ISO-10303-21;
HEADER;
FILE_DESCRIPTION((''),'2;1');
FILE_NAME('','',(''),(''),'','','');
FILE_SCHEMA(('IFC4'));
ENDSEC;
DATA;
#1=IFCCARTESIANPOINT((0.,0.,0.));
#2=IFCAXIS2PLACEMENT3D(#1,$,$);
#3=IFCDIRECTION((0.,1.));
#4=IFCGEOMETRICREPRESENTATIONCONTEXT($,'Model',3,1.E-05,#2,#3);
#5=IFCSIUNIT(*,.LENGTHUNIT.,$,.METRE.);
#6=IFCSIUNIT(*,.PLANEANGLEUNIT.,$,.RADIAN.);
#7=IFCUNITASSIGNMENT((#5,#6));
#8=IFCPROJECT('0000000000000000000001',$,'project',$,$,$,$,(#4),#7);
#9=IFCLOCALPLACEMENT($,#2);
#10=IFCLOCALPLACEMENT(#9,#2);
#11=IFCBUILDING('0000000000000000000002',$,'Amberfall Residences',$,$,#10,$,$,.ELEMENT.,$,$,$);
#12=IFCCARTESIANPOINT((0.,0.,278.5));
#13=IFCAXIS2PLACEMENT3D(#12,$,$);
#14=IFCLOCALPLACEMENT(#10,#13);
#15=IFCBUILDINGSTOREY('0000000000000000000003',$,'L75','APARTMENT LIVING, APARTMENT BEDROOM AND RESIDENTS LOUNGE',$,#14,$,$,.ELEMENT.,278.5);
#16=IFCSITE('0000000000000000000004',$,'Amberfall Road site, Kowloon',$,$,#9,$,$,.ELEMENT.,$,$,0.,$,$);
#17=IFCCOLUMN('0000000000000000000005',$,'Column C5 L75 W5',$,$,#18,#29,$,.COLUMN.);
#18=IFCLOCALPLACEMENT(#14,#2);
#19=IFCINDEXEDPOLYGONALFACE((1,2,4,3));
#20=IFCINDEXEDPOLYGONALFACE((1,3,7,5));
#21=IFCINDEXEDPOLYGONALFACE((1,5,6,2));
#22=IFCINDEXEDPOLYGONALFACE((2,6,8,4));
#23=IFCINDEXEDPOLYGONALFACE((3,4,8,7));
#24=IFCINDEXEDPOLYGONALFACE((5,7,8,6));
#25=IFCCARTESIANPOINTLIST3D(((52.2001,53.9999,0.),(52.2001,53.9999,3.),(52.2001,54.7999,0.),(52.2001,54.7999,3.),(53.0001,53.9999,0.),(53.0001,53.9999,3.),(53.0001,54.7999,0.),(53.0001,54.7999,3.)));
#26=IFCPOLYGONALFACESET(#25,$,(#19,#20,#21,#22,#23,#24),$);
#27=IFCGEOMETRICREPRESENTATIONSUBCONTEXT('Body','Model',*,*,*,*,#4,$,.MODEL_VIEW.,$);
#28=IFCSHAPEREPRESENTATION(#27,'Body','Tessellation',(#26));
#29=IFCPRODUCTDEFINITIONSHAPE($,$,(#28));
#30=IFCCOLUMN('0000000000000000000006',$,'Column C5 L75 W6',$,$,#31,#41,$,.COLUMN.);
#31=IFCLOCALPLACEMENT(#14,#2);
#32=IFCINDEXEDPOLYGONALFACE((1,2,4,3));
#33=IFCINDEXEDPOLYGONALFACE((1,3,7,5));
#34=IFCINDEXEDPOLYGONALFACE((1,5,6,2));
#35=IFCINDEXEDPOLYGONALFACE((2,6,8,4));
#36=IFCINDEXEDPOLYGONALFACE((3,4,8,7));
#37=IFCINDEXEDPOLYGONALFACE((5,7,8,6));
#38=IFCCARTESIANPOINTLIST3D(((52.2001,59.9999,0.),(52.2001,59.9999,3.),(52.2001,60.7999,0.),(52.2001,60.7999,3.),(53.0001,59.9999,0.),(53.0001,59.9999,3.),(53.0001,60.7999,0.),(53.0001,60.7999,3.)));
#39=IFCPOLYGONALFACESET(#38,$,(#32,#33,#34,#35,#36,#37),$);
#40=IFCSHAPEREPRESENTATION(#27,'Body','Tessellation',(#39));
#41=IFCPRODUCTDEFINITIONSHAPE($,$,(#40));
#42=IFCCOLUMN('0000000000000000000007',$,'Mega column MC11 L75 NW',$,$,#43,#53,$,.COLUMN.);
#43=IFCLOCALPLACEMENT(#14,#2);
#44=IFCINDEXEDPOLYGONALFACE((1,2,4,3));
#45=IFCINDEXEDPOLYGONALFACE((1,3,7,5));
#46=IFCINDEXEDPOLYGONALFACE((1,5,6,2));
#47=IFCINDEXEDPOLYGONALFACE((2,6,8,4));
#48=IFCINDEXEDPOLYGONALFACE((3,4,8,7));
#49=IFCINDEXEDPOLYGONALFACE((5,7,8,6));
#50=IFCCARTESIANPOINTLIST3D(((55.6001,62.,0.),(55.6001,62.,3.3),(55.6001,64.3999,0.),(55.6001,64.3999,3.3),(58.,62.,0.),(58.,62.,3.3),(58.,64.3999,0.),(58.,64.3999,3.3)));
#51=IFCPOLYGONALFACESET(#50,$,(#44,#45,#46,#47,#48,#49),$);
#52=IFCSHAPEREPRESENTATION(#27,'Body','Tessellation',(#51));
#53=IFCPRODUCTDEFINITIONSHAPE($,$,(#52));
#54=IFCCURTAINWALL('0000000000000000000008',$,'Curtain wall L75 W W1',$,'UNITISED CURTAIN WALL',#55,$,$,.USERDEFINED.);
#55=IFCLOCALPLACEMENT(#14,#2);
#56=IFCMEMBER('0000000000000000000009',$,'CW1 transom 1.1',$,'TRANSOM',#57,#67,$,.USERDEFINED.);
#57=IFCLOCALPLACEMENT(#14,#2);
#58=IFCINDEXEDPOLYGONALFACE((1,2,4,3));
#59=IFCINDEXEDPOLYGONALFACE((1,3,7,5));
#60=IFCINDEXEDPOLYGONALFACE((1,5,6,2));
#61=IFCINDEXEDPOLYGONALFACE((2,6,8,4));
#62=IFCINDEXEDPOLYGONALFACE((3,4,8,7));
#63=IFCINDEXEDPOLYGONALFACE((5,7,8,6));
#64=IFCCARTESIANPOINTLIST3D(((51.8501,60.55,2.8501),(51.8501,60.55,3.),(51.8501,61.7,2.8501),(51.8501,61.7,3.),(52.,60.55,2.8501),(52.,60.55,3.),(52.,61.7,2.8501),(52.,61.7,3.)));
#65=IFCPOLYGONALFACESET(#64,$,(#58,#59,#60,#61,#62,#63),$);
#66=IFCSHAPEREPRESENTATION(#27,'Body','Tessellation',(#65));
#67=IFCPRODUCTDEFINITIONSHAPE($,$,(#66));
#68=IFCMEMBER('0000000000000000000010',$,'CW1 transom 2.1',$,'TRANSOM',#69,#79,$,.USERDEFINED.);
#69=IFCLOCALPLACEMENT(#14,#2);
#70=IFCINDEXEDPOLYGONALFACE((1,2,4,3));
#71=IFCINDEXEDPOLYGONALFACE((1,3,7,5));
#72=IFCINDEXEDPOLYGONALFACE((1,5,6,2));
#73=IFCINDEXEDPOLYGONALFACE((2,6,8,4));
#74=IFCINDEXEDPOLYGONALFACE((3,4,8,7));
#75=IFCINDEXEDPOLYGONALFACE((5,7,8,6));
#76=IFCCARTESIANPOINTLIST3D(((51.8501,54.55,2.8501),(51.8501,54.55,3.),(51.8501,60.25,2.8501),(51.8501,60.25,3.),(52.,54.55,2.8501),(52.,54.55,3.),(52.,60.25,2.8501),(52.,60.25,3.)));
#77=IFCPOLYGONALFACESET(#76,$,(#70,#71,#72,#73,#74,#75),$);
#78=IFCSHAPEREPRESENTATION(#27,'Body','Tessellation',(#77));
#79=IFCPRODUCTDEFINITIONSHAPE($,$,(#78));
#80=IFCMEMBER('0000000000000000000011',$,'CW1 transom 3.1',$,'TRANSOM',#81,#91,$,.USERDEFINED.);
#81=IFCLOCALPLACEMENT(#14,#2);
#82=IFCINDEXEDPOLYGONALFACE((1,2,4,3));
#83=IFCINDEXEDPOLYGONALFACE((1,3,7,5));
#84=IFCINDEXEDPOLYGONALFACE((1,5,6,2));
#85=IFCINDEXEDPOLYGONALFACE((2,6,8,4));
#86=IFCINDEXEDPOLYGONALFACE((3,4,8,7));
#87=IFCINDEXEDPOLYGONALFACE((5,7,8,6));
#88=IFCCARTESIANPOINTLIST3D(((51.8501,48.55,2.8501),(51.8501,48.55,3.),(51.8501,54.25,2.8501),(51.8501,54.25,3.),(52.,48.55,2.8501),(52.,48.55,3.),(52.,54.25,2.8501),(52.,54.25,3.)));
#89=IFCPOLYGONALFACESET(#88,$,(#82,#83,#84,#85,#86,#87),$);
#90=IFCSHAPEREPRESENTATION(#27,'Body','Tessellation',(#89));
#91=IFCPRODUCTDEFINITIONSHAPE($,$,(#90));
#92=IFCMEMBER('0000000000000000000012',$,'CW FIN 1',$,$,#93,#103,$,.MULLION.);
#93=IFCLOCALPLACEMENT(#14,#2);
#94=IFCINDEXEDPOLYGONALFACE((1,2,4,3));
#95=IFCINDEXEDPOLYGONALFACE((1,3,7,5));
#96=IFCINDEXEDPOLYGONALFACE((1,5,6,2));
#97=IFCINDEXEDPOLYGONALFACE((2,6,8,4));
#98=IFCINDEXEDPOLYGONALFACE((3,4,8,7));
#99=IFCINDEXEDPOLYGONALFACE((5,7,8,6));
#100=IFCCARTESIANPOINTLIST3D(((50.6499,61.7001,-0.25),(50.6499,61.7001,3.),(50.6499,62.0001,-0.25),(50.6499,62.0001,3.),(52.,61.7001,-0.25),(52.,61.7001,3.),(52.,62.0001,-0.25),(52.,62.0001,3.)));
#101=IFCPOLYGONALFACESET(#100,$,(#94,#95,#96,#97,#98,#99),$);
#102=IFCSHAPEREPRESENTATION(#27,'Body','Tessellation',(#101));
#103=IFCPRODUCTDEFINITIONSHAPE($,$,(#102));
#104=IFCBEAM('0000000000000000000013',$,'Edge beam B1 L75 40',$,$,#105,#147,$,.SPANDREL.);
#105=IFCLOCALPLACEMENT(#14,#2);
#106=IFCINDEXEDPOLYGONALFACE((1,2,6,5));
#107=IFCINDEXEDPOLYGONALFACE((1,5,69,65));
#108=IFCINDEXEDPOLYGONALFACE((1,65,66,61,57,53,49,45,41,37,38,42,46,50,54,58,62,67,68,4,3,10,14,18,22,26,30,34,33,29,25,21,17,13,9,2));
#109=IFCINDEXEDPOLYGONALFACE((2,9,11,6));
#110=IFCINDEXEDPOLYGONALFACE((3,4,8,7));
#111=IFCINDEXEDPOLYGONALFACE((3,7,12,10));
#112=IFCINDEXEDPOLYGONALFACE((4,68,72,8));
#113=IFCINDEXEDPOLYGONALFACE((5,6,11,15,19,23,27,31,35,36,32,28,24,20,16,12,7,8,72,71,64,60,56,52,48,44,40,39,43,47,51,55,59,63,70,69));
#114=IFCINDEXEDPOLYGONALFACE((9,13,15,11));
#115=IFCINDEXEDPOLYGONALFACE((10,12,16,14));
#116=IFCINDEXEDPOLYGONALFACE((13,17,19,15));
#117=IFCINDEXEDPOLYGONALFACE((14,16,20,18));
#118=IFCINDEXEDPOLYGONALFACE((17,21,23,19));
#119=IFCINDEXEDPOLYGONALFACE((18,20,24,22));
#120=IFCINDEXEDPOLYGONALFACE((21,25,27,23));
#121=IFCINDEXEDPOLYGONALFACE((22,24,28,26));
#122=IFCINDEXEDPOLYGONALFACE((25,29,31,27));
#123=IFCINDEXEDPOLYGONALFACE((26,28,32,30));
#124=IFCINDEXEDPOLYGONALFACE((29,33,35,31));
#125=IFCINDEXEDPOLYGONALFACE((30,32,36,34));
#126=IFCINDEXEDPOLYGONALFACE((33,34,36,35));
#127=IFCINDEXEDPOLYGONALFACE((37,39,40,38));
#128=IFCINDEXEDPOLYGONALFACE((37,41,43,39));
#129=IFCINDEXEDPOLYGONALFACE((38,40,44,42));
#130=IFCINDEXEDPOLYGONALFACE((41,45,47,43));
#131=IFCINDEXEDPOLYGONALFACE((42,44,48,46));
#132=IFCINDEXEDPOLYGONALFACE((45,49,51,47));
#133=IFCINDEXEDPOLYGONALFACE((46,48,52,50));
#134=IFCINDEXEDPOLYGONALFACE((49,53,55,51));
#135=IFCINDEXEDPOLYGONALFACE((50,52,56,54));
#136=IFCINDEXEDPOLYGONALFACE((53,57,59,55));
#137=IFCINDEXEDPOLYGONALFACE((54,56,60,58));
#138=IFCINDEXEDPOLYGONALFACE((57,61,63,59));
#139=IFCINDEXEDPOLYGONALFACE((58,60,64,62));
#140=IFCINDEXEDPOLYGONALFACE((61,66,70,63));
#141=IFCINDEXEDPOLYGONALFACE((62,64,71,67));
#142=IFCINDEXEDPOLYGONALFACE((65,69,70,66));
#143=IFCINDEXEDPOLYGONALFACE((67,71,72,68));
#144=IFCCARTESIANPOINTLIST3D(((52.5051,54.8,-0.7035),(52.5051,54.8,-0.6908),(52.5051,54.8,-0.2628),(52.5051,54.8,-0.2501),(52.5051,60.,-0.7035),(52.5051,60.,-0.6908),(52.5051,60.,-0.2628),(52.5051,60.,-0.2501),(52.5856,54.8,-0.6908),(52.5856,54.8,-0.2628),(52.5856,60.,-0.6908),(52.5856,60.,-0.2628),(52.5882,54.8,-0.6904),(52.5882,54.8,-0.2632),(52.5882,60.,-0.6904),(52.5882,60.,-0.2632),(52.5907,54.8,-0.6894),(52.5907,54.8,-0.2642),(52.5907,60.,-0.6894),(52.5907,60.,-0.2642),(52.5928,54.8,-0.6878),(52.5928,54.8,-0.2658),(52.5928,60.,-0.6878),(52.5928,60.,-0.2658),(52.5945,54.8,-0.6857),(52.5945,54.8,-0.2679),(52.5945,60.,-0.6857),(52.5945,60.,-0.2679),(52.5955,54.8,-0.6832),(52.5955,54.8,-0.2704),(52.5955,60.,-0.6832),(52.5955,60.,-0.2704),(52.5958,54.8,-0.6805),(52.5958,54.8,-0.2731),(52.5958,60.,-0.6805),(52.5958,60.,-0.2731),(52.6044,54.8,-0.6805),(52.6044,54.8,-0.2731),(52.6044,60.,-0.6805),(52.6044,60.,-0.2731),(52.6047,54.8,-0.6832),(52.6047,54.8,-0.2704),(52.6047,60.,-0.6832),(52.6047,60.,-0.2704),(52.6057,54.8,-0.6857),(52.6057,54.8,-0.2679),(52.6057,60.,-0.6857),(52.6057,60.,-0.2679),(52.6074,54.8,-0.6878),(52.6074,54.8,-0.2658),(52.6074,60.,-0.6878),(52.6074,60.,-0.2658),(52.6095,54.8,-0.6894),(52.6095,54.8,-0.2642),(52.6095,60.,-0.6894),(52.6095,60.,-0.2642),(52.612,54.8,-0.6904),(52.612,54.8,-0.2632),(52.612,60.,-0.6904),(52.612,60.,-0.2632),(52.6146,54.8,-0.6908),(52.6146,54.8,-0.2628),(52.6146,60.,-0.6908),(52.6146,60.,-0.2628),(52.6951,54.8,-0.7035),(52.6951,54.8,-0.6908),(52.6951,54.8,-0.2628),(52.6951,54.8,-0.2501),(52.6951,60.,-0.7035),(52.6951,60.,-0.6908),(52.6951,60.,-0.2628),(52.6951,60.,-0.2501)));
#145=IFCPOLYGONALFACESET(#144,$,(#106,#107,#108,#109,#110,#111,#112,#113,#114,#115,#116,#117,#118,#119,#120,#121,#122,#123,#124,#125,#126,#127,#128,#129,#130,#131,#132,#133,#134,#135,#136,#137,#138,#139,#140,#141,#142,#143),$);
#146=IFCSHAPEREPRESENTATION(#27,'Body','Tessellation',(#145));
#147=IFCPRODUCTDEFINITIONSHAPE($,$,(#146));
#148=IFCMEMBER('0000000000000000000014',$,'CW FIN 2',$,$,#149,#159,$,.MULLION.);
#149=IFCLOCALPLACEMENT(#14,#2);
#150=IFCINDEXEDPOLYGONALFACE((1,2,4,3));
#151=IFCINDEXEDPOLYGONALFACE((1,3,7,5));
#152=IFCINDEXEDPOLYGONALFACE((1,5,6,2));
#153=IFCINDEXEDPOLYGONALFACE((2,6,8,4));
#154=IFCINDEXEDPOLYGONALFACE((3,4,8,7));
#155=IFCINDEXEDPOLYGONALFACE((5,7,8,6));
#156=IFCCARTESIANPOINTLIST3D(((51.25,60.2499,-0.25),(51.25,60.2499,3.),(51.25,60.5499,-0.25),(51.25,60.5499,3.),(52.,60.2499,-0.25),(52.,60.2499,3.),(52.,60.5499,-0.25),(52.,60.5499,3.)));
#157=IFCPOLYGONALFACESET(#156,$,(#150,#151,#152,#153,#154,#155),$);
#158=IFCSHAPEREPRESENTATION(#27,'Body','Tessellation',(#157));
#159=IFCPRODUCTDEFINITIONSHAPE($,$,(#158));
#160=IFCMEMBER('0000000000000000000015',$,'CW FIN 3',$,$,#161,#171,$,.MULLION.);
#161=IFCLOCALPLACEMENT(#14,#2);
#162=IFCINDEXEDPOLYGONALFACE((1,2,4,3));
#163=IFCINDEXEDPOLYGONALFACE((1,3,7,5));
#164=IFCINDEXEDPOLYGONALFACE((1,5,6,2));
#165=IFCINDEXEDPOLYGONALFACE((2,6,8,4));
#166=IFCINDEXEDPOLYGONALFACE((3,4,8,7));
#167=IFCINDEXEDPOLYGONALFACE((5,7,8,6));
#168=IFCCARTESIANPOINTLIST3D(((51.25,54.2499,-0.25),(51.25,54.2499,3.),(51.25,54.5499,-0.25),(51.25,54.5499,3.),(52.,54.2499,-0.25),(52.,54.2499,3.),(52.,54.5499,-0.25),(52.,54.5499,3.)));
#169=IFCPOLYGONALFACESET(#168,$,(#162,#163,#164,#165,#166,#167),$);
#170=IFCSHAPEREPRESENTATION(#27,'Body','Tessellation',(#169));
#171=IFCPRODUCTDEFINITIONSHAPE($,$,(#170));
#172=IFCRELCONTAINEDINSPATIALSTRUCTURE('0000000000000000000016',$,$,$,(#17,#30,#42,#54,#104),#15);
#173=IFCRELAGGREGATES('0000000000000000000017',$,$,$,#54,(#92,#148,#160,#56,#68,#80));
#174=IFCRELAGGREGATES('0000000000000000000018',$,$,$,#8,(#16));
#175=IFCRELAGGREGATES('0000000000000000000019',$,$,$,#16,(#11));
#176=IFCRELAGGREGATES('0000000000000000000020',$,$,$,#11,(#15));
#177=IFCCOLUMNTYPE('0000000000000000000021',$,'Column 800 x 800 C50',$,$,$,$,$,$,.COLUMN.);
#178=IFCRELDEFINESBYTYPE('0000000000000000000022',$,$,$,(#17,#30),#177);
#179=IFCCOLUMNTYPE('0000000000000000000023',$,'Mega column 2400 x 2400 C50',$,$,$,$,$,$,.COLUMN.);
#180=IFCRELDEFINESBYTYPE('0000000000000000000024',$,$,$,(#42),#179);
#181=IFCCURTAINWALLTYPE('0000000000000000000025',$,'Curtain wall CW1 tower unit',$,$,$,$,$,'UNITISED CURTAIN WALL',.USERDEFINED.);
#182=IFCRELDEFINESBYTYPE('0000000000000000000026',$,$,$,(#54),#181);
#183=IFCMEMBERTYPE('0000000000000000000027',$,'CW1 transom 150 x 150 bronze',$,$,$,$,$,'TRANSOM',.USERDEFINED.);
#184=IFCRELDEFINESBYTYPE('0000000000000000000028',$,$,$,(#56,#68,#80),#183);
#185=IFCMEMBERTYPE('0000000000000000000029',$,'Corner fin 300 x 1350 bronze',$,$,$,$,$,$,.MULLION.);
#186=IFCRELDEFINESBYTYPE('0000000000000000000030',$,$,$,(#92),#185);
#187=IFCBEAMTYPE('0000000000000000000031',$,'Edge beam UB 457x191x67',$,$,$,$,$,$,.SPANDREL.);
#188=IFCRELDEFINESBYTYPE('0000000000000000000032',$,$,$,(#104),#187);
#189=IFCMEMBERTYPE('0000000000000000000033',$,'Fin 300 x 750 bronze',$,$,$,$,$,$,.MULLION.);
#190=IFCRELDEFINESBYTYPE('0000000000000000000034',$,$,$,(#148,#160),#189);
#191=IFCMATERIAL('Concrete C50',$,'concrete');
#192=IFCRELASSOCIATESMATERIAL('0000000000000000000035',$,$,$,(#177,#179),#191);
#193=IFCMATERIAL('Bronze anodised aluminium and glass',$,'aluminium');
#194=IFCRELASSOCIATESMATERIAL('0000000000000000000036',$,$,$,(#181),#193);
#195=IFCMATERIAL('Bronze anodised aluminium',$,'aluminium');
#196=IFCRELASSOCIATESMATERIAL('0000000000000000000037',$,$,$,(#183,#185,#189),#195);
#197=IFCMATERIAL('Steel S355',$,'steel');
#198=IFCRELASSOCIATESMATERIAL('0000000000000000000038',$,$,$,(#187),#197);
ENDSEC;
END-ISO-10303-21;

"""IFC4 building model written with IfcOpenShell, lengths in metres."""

from ifc_helpers import new_model, si_unit, direction, frame, origin, origin_2d, place, context, subcontext, project, spatial, rectangle, i_section, extrude, material, material_profile, profile_set, type_object, element, aggregate, save


model = new_model("IFC4")

# Units and contexts
model_context = context("Model", 3, precision=1e-05, world=origin(), true_north=direction((0.0, 1.0)))
body_context = subcontext(model_context, "Body", "Model", "MODEL_VIEW")
ifc_project = project(units=[si_unit("LENGTHUNIT", "METRE"), si_unit("PLANEANGLEUNIT", "RADIAN")], contexts=[model_context])

# Site, building, storey
site_placement = place(None, origin())
site = spatial("IfcSite", under=ifc_project, at=site_placement, Name="Amberfall Road site, Kowloon", CompositionType="ELEMENT", RefElevation=0.0)
building_placement = place(site_placement, origin())
building = spatial("IfcBuilding", under=site, at=building_placement, Name="Amberfall Residences", CompositionType="ELEMENT")
storey_placement = place(building_placement, frame((0.0, 0.0, 278.5)))
storey = spatial("IfcBuildingStorey", under=building, at=storey_placement, Name="L75", Description="APARTMENT LIVING, APARTMENT BEDROOM AND RESIDENTS LOUNGE", CompositionType="ELEMENT", Elevation=278.5)

# Columns
ifc_material_1 = material(Name="Concrete C50", Category="concrete")
ifc_material_profile_1 = material_profile(ifc_material_1, rectangle(XDim=0.8, YDim=0.8, at=origin_2d()), Name="Column 800 x 800 C50")
ifc_profile_set_1 = profile_set([ifc_material_profile_1], Name="Concrete C50")
column_type_1 = type_object("IfcColumnType", Name="Column 800 x 800 C50", PredefinedType="COLUMN", material=ifc_profile_set_1)
for number, where, z_axis, x_axis, name in (
    (1, (52.6001, 54.3999, 0.0), (0.0, 0.0, 1.0), (1.0, 0.0, 0.0), "Column C5 L75 W5"),
    (2, (52.6001, 60.3999, 0.0), (0.0, 0.0, 1.0), (1.0, 0.0, 0.0), "Column C5 L75 W6"),
):
    element("IfcColumn", number, at=place(storey_placement, frame(where, z_axis=z_axis, x_axis=x_axis)), inside=storey, type_object=column_type_1, Name=name, PredefinedType="COLUMN", context=body_context, shape_type="SweptSolid", body=[
        extrude(rectangle(XDim=0.8, YDim=0.8, at=origin_2d()), origin(), (0.0, 0.0, 1.0), 3.0),
    ])
ifc_material_profile_2 = material_profile(ifc_material_1, rectangle(XDim=2.3999, YDim=2.3999, at=origin_2d()), Name="Mega column 2400 x 2400 C50")
ifc_profile_set_2 = profile_set([ifc_material_profile_2], Name="Concrete C50")
column_type_2 = type_object("IfcColumnType", Name="Mega column 2400 x 2400 C50", PredefinedType="COLUMN", material=ifc_profile_set_2)
column_placement = place(storey_placement, frame((56.8, 63.2, 0.0), z_axis=(0.0, 0.0, 1.0), x_axis=(1.0, 0.0, 0.0)))
element("IfcColumn", 3, at=column_placement, inside=storey, type_object=column_type_2, Name="Mega column MC11 L75 NW", PredefinedType="COLUMN", context=body_context, shape_type="SweptSolid", body=[
    extrude(rectangle(XDim=2.3999, YDim=2.3999, at=origin_2d()), origin(), (0.0, 0.0, 1.0), 3.3),
])

# Curtain wall, members
ifc_material_2 = material(Name="Bronze anodised aluminium and glass", Category="aluminium")
curtain_wall_type = type_object("IfcCurtainWallType", Name="Curtain wall CW1 tower unit", ElementType="UNITISED CURTAIN WALL", PredefinedType="USERDEFINED", material=ifc_material_2)
curtain_wall_placement = place(storey_placement, origin())
curtain_wall = element("IfcCurtainWall", 4, at=curtain_wall_placement, inside=storey, type_object=curtain_wall_type, Name="Curtain wall L75 W W1", ObjectType="UNITISED CURTAIN WALL", PredefinedType="USERDEFINED")
ifc_material_3 = material(Name="Bronze anodised aluminium", Category="aluminium")
ifc_material_profile_3 = material_profile(ifc_material_3, rectangle(XDim=0.1499, YDim=0.1499, at=origin_2d()), Name="CW1 transom 150 x 150 bronze")
ifc_profile_set_3 = profile_set([ifc_material_profile_3], Name="Bronze anodised aluminium")
member_type_1 = type_object("IfcMemberType", Name="CW1 transom 150 x 150 bronze", ElementType="TRANSOM", PredefinedType="USERDEFINED", material=ifc_profile_set_3)
member_1_placement = place(storey_placement, frame((51.925, 61.7, 2.925), z_axis=(0.0, -1.0, 0.0), x_axis=(1.0, 0.0, 0.0)))
member_1 = element("IfcMember", 5, at=member_1_placement, type_object=member_type_1, Name="CW1 transom 1.1", ObjectType="TRANSOM", PredefinedType="USERDEFINED", context=body_context, shape_type="SweptSolid", body=[
    extrude(rectangle(XDim=0.1499, YDim=0.1499, at=origin_2d()), origin(), (0.0, 0.0, 1.0), 1.1499),
])
member_2_placement = place(storey_placement, frame((51.925, 60.25, 2.925), z_axis=(0.0, -1.0, 0.0), x_axis=(1.0, 0.0, 0.0)))
member_2 = element("IfcMember", 6, at=member_2_placement, type_object=member_type_1, Name="CW1 transom 2.1", ObjectType="TRANSOM", PredefinedType="USERDEFINED", context=body_context, shape_type="SweptSolid", body=[
    extrude(rectangle(XDim=0.1499, YDim=0.1499, at=origin_2d()), origin(), (0.0, 0.0, 1.0), 5.7),
])
member_3_placement = place(storey_placement, frame((51.925, 54.25, 2.925), z_axis=(0.0, -1.0, 0.0), x_axis=(1.0, 0.0, 0.0)))
member_3 = element("IfcMember", 7, at=member_3_placement, type_object=member_type_1, Name="CW1 transom 3.1", ObjectType="TRANSOM", PredefinedType="USERDEFINED", context=body_context, shape_type="SweptSolid", body=[
    extrude(rectangle(XDim=0.1499, YDim=0.1499, at=origin_2d()), origin(), (0.0, 0.0, 1.0), 5.7),
])
ifc_material_profile_4 = material_profile(ifc_material_3, rectangle(XDim=1.3501, YDim=0.3, at=origin_2d()), Name="Corner fin 300 x 1350 bronze")
ifc_profile_set_4 = profile_set([ifc_material_profile_4], Name="Bronze anodised aluminium")
member_type_2 = type_object("IfcMemberType", Name="Corner fin 300 x 1350 bronze", PredefinedType="MULLION", material=ifc_profile_set_4)
member_4_placement = place(storey_placement, frame((51.325, 61.8501, -0.25), z_axis=(0.0, 0.0, 1.0), x_axis=(1.0, 0.0, 0.0)))
member_4 = element("IfcMember", 8, at=member_4_placement, type_object=member_type_2, Name="CW FIN 1", PredefinedType="MULLION", context=body_context, shape_type="SweptSolid", body=[
    extrude(rectangle(XDim=1.3501, YDim=0.3, at=origin_2d()), origin(), (0.0, 0.0, 1.0), 3.25),
])

# Beam
ifc_material_4 = material(Name="Steel S355", Category="steel")
ifc_material_profile_5 = material_profile(ifc_material_4, i_section(OverallWidth=0.1899, OverallDepth=0.4534, WebThickness=0.0085, FlangeThickness=0.0127, FilletRadius=0.0103, at=origin_2d()), Name="UB 457x191x67")
ifc_profile_set_5 = profile_set([ifc_material_profile_5], Name="Steel S355")
beam_type_1 = type_object("IfcBeamType", Name="Edge beam UB 457x191x67", PredefinedType="SPANDREL", material=ifc_profile_set_5)
beam_1_placement = place(storey_placement, frame((52.6001, 54.8, -0.4768), z_axis=(0.0, 1.0, 0.0), x_axis=(-1.0, 0.0, 0.0)))
element("IfcBeam", 9, at=beam_1_placement, inside=storey, type_object=beam_type_1, Name="Edge beam B1 L75 40", PredefinedType="SPANDREL", context=body_context, shape_type="SweptSolid", body=[
    extrude(i_section(OverallWidth=0.1899, OverallDepth=0.4534, WebThickness=0.0085, FlangeThickness=0.0127, FilletRadius=0.0103, at=origin_2d()), origin(), (0.0, 0.0, 1.0), 5.2),
])

# Members
ifc_material_profile_6 = material_profile(ifc_material_3, rectangle(XDim=0.75, YDim=0.3, at=origin_2d()), Name="Fin 300 x 750 bronze")
ifc_profile_set_6 = profile_set([ifc_material_profile_6], Name="Bronze anodised aluminium")
member_type_3 = type_object("IfcMemberType", Name="Fin 300 x 750 bronze", PredefinedType="MULLION", material=ifc_profile_set_6)
member_5_placement = place(storey_placement, frame((51.625, 60.3999, -0.25), z_axis=(0.0, 0.0, 1.0), x_axis=(1.0, 0.0, 0.0)))
member_5 = element("IfcMember", 10, at=member_5_placement, type_object=member_type_3, Name="CW FIN 2", PredefinedType="MULLION", context=body_context, shape_type="SweptSolid", body=[
    extrude(rectangle(XDim=0.75, YDim=0.3, at=origin_2d()), origin(), (0.0, 0.0, 1.0), 3.25),
])
member_6_placement = place(storey_placement, frame((51.625, 54.3999, -0.25), z_axis=(0.0, 0.0, 1.0), x_axis=(1.0, 0.0, 0.0)))
member_6 = element("IfcMember", 11, at=member_6_placement, type_object=member_type_3, Name="CW FIN 3", PredefinedType="MULLION", context=body_context, shape_type="SweptSolid", body=[
    extrude(rectangle(XDim=0.75, YDim=0.3, at=origin_2d()), origin(), (0.0, 0.0, 1.0), 3.25),
])

aggregate(curtain_wall, [member_4, member_5, member_6, member_1, member_2, member_3])

save(model, "model.ifc")
